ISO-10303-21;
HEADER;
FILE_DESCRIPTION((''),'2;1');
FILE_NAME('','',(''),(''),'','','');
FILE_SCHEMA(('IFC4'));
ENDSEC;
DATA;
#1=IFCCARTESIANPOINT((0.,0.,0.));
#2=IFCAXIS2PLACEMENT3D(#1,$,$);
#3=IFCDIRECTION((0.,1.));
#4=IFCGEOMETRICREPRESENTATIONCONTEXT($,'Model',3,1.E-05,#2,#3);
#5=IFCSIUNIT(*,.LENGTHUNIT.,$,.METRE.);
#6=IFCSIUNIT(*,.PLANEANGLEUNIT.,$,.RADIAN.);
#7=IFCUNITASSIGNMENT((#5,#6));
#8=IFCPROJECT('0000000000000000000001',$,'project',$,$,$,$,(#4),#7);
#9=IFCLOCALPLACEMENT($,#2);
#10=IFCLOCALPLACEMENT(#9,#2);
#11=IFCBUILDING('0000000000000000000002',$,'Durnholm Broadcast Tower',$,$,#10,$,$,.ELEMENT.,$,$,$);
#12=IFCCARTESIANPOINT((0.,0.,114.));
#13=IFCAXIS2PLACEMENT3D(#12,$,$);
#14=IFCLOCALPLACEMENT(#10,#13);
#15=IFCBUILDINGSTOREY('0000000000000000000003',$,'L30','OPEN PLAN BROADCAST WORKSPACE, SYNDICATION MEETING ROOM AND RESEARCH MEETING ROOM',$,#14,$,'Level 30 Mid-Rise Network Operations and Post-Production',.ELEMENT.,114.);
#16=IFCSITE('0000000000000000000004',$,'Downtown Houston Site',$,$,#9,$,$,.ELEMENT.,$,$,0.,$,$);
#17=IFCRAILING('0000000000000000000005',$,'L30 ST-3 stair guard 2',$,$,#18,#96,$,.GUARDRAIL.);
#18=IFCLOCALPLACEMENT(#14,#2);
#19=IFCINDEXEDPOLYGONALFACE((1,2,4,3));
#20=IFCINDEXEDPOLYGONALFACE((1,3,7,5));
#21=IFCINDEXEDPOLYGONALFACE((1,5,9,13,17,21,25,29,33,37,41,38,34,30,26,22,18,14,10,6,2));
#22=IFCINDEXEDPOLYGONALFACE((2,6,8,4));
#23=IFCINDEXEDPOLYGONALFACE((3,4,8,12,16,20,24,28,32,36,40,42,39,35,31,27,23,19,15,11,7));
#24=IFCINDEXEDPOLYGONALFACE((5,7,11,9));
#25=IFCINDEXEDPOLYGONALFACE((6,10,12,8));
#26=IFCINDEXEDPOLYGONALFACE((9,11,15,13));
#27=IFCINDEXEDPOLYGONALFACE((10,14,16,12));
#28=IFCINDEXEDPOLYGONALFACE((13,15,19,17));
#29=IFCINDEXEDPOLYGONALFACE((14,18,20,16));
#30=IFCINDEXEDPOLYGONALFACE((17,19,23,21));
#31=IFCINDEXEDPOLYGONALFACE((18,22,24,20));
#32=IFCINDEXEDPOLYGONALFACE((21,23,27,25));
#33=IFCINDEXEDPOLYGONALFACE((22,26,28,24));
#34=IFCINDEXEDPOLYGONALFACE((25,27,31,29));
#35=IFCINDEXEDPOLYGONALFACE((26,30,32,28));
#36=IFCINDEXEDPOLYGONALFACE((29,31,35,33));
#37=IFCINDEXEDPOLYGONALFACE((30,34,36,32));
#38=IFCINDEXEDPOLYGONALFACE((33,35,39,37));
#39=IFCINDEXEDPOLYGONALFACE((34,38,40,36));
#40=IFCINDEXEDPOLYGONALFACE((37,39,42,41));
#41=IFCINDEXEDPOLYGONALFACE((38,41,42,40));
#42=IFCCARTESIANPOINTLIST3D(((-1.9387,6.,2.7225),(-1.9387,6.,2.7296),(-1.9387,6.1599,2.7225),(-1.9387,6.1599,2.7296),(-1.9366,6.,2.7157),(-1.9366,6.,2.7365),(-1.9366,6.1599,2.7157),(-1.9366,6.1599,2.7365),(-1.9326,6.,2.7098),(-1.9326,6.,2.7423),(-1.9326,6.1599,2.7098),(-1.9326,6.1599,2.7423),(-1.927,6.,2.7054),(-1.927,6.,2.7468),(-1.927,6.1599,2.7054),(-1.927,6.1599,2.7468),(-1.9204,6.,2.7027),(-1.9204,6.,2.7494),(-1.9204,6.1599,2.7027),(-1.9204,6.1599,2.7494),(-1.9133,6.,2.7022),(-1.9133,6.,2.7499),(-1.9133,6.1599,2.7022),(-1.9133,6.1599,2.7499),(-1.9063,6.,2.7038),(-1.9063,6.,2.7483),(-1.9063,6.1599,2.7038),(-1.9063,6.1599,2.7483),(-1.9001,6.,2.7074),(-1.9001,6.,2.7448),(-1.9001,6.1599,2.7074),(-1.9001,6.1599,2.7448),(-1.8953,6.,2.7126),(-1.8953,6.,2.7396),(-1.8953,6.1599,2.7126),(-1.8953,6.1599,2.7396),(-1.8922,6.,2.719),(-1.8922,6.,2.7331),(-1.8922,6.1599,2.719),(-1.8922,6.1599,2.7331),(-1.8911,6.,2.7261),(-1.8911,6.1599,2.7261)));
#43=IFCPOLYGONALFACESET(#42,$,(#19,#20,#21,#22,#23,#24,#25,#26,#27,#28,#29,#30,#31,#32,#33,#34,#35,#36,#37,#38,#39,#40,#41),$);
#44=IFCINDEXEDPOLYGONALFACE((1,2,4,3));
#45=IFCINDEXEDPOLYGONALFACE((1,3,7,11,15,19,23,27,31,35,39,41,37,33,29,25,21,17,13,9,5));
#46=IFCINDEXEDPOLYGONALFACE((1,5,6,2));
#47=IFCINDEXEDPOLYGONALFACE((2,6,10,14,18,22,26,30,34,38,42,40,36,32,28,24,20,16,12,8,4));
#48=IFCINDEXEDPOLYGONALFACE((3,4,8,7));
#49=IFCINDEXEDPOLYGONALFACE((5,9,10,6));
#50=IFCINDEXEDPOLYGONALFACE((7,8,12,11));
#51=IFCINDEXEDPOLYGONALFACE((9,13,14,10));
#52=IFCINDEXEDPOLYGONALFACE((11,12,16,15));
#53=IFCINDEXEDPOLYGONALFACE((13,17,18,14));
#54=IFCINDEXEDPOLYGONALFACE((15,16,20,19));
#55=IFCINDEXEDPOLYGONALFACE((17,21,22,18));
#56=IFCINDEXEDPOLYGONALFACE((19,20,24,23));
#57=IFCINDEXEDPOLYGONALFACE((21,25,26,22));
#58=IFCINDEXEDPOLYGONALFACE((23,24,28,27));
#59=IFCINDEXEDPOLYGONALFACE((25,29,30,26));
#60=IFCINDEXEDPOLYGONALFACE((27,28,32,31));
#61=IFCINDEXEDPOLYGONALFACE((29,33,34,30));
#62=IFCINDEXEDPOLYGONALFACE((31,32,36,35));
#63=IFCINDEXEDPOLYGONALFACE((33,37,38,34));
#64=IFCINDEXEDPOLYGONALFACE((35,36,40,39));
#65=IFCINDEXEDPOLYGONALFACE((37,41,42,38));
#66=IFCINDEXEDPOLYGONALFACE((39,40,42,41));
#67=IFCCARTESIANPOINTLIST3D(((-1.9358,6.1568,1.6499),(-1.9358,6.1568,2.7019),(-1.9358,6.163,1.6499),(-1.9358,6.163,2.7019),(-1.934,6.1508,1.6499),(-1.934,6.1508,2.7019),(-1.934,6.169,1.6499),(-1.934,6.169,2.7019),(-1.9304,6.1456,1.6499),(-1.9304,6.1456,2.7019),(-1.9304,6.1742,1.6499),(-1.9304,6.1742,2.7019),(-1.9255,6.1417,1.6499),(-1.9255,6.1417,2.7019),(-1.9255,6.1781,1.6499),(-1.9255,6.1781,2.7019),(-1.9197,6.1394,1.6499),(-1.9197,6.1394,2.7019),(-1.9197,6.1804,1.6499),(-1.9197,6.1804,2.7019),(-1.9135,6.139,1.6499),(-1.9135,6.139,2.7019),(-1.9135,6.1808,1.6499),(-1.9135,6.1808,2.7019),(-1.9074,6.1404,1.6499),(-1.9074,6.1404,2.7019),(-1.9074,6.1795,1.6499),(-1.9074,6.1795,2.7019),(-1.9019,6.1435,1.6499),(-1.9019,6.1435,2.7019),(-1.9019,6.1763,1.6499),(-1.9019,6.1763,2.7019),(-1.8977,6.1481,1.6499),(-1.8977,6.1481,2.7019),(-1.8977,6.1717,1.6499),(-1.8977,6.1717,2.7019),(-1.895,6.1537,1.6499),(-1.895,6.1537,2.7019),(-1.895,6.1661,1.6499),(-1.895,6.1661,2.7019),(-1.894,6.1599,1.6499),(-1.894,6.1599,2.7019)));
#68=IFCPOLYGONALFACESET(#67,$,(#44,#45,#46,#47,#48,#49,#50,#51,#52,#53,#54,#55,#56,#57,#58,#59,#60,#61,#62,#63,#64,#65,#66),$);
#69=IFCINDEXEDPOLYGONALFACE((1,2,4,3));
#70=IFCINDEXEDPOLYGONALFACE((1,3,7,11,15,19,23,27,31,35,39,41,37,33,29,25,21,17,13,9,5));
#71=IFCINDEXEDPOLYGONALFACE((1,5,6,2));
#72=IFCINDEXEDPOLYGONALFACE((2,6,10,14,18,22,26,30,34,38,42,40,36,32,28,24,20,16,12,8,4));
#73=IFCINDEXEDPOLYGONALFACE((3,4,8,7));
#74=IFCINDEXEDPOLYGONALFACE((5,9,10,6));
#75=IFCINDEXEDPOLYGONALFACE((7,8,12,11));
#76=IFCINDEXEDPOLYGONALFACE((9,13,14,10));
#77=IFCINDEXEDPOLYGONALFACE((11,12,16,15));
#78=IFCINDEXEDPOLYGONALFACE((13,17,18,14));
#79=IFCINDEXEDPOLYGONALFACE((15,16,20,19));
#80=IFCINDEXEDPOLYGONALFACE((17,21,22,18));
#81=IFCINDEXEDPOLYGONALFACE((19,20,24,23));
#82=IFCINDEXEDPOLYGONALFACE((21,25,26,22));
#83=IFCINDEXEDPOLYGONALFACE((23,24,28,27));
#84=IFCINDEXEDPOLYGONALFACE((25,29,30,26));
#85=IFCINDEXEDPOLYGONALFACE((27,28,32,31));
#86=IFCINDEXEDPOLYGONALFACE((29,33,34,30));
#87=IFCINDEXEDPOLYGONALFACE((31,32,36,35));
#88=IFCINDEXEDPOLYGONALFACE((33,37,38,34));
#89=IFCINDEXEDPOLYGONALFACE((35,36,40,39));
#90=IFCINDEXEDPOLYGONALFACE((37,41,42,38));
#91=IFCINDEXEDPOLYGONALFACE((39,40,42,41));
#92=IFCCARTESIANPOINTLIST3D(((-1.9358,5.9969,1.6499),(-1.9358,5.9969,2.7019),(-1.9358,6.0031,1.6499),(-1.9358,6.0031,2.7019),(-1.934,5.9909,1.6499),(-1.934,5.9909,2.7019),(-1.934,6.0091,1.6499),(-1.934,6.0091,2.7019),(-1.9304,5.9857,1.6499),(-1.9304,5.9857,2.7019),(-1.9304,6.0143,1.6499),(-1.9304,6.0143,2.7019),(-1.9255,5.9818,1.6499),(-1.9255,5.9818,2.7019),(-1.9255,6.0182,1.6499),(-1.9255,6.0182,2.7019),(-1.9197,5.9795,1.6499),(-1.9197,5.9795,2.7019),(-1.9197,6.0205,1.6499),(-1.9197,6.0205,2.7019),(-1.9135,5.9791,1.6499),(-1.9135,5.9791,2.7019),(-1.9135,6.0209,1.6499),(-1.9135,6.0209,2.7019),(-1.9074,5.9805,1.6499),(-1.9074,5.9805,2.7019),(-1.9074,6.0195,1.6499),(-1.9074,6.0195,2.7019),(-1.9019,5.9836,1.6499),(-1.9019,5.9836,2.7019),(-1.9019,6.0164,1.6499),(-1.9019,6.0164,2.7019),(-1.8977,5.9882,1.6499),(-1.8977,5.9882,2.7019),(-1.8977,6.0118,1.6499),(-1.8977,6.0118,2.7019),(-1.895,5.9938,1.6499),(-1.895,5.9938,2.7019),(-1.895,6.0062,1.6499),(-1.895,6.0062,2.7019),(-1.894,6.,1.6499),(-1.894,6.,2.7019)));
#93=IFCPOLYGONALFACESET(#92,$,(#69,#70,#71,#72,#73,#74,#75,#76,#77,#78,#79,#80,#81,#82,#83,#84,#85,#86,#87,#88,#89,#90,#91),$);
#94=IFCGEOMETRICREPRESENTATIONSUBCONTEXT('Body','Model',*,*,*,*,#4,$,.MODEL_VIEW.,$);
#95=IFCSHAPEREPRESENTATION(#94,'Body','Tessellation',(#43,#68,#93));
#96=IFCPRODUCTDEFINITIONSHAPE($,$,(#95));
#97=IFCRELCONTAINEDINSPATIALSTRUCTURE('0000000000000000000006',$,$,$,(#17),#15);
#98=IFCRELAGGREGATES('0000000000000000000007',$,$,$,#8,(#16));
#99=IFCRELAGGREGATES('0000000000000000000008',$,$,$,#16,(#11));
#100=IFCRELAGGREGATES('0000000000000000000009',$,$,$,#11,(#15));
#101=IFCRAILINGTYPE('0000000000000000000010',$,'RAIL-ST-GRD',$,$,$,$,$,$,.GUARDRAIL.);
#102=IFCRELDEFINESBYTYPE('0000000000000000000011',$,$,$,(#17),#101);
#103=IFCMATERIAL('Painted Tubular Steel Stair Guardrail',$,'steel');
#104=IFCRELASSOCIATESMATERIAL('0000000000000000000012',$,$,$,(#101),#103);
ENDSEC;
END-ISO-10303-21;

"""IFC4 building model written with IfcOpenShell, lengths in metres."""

from ifc_helpers import new_model, si_unit, direction, frame, origin, origin_2d, place, context, subcontext, project, spatial, circle, extrude, material, type_object, element, save


model = new_model("IFC4")

# Units and contexts
model_context = context("Model", 3, precision=1e-05, world=origin(), true_north=direction((0.0, 1.0)))
body_context = subcontext(model_context, "Body", "Model", "MODEL_VIEW")
ifc_project = project(units=[si_unit("LENGTHUNIT", "METRE"), si_unit("PLANEANGLEUNIT", "RADIAN")], contexts=[model_context])

# Site, building, storey
site_placement = place(None, origin())
site = spatial("IfcSite", under=ifc_project, at=site_placement, Name="Downtown Houston Site", CompositionType="ELEMENT", RefElevation=0.0)
building_placement = place(site_placement, origin())
building = spatial("IfcBuilding", under=site, at=building_placement, Name="Durnholm Broadcast Tower", CompositionType="ELEMENT")
storey_placement = place(building_placement, frame((0.0, 0.0, 114.0)))
storey = spatial("IfcBuildingStorey", under=building, at=storey_placement, Name="L30", Description="OPEN PLAN BROADCAST WORKSPACE, SYNDICATION MEETING ROOM AND RESEARCH MEETING ROOM", LongName="Level 30 Mid-Rise Network Operations and Post-Production", CompositionType="ELEMENT", Elevation=114.0)

# Railing
ifc_material_1 = material(Name="Painted Tubular Steel Stair Guardrail", Category="steel")
railing_type_1 = type_object("IfcRailingType", Name="RAIL-ST-GRD", PredefinedType="GUARDRAIL", material=ifc_material_1)
railing_1_placement = place(storey_placement, frame((-1.915, 6.1599, 1.6499)))
element("IfcRailing", 1, at=railing_1_placement, inside=storey, type_object=railing_type_1, Name="L30 ST-3 stair guard 2", PredefinedType="GUARDRAIL", context=body_context, shape_type="SweptSolid", body=[
    extrude(circle(Radius=0.0239, at=origin_2d()), frame((0.0, 0.0, 1.0762), z_axis=(0.0, -1.0, 0.0), x_axis=(1.0, 0.0, 0.0)), (0.0, 0.0, 1.0), 0.1599),
    extrude(circle(Radius=0.021, at=origin_2d()), origin(), (0.0, 0.0, 1.0), 1.052),
    extrude(circle(Radius=0.021, at=origin_2d()), frame((0.0, -0.1599, 0.0)), (0.0, 0.0, 1.0), 1.052),
])

save(model, "model.ifc")
